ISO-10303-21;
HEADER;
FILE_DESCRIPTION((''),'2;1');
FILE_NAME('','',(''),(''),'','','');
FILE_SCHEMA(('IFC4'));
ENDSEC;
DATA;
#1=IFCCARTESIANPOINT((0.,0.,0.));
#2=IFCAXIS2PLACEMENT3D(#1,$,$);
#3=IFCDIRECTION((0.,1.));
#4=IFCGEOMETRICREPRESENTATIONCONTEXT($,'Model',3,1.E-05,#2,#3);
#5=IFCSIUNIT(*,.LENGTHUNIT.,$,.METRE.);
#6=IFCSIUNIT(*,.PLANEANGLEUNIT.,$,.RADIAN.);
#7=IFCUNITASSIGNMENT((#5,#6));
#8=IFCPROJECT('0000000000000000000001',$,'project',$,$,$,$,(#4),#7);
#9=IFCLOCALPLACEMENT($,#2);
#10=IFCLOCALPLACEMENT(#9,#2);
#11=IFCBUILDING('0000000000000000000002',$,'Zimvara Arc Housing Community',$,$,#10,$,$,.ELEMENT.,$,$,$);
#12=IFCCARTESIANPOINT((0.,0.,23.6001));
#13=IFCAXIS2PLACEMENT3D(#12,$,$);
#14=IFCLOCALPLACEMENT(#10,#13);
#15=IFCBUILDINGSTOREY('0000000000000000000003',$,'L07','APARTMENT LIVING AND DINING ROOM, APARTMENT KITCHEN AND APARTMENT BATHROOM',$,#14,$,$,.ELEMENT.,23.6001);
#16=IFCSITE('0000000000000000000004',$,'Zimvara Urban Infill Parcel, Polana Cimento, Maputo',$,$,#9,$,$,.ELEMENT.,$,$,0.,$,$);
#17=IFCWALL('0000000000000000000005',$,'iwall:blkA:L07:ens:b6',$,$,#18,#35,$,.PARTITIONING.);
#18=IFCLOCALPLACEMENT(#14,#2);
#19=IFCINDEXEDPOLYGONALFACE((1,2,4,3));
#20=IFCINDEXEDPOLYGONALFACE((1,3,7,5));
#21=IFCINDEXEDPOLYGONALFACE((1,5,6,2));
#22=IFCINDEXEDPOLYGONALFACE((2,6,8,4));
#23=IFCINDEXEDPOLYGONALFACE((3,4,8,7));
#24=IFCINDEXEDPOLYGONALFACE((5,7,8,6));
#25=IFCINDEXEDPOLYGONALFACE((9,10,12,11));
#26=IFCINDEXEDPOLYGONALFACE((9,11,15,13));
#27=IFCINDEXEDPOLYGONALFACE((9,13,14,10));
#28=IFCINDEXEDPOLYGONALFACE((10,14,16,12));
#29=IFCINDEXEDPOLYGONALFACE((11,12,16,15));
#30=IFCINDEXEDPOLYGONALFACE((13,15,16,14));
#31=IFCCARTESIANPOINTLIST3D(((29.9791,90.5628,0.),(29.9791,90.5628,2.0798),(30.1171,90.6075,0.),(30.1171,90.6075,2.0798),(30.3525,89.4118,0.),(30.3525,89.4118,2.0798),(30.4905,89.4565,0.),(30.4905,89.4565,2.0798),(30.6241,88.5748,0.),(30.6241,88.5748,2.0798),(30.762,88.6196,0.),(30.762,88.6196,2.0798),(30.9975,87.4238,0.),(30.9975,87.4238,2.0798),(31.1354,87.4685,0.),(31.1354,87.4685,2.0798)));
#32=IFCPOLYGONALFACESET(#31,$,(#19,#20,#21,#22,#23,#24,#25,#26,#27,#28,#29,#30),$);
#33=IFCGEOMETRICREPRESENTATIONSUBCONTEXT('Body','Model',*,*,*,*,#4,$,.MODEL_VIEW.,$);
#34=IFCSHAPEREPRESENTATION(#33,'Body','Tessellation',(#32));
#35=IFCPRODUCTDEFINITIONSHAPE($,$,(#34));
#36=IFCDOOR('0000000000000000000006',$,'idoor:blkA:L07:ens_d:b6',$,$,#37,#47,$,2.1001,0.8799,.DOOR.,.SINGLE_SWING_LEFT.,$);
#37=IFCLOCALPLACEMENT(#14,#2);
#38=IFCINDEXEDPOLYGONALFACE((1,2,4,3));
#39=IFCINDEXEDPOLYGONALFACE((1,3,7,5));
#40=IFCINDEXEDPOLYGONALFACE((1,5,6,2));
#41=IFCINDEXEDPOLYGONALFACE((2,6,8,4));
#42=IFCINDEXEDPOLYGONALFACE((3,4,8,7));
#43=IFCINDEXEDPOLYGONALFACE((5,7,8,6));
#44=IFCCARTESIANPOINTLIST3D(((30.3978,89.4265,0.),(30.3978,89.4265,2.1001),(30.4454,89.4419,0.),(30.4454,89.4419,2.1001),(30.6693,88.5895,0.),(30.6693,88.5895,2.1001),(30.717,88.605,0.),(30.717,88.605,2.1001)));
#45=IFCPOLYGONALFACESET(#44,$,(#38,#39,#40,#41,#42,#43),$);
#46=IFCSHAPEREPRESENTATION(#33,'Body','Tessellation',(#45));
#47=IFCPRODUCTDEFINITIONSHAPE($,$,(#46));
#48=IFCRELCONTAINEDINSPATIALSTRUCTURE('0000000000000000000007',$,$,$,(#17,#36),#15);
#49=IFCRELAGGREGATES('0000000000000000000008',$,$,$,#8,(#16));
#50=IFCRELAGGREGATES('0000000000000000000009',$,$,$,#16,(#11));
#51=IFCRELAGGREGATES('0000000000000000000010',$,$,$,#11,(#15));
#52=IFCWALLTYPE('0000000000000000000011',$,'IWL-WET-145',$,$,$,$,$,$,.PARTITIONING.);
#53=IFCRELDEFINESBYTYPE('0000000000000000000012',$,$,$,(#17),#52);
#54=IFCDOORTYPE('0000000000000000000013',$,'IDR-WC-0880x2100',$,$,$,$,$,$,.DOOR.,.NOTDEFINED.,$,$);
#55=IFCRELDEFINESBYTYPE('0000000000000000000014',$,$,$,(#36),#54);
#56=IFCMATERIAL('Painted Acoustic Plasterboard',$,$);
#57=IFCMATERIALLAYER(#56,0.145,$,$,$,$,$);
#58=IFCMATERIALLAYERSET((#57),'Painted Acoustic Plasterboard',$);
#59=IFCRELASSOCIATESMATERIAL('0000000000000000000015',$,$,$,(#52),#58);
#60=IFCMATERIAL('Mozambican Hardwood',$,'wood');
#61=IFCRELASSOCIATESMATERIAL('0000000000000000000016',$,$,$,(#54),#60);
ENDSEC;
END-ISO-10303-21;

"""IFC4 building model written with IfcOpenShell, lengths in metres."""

from ifc_helpers import new_model, si_unit, direction, frame, frame_2d, origin, place, context, subcontext, project, spatial, rectangle, extrude, material, layer, layer_set, type_object, element, fill, save


model = new_model("IFC4")

# Units and contexts
model_context = context("Model", 3, precision=1e-05, world=origin(), true_north=direction((0.0, 1.0)))
body_context = subcontext(model_context, "Body", "Model", "MODEL_VIEW")
ifc_project = project(units=[si_unit("LENGTHUNIT", "METRE"), si_unit("PLANEANGLEUNIT", "RADIAN")], contexts=[model_context])

# Site, building, storey
site_placement = place(None, origin())
site = spatial("IfcSite", under=ifc_project, at=site_placement, Name="Zimvara Urban Infill Parcel, Polana Cimento, Maputo", CompositionType="ELEMENT", RefElevation=0.0)
building_placement = place(site_placement, origin())
building = spatial("IfcBuilding", under=site, at=building_placement, Name="Zimvara Arc Housing Community", CompositionType="ELEMENT")
storey_placement = place(building_placement, frame((0.0, 0.0, 23.6001)))
storey = spatial("IfcBuildingStorey", under=building, at=storey_placement, Name="L07", Description="APARTMENT LIVING AND DINING ROOM, APARTMENT KITCHEN AND APARTMENT BATHROOM", CompositionType="ELEMENT", Elevation=23.6001)

# Wall, opening, door
ifc_material_1 = material(Name="Painted Acoustic Plasterboard")
ifc_layer_1 = layer(ifc_material_1, 0.145)
ifc_layer_set_1 = layer_set([ifc_layer_1], Name="Painted Acoustic Plasterboard")
wall_type_1 = type_object("IfcWallType", Name="IWL-WET-145", PredefinedType="PARTITIONING", material=ifc_layer_set_1)
wall_1_placement = place(storey_placement, frame((31.0664, 87.4463, 0.0), z_axis=(0.0, 0.0, 1.0), x_axis=(-0.308582, 0.951198, 0.0)))
wall_1 = element("IfcWall", 1, at=wall_1_placement, inside=storey, type_object=wall_type_1, Name="iwall:blkA:L07:ens:b6", PredefinedType="PARTITIONING", context=body_context, shape_type="SweptSolid", body=[
    extrude(rectangle(XDim=3.3, YDim=0.145, at=frame_2d((1.6499, 0.0))), origin(), (0.0, 0.0, 1.0), 2.0798),
])
opening_1_placement = place(wall_1_placement, frame((1.21, 0.0, 0.0)))
opening_1 = element("IfcOpeningElement", 2, at=opening_1_placement, cuts=wall_1, PredefinedType="OPENING", context=body_context, shape_type="SweptSolid", body=[
    extrude(rectangle(XDim=0.8799, YDim=2.1001, at=frame_2d((0.4399, 1.05))), frame((0.0, 0.0825, 0.0), z_axis=(0.0, -1.0, 0.0), x_axis=(1.0, 0.0, 0.0)), (0.0, 0.0, 1.0), 0.165),
])
ifc_material_2 = material(Name="Mozambican Hardwood", Category="wood")
door_type_1 = type_object("IfcDoorType", Name="IDR-WC-0880x2100", OperationType="NOTDEFINED", PredefinedType="DOOR", material=ifc_material_2)
door_1_placement = place(opening_1_placement, origin())
door_1 = element("IfcDoor", 3, at=door_1_placement, inside=storey, type_object=door_type_1, Name="idoor:blkA:L07:ens_d:b6", OperationType="SINGLE_SWING_LEFT", OverallHeight=2.1001, OverallWidth=0.8799, PredefinedType="DOOR", context=body_context, shape_type="SweptSolid", body=[
    extrude(rectangle(XDim=0.8799, YDim=2.1001, at=frame_2d((0.4399, 1.05))), frame((0.0, 0.0249, 0.0), z_axis=(0.0, -1.0, 0.0), x_axis=(1.0, 0.0, 0.0)), (0.0, 0.0, 1.0), 0.05),
])
fill(opening_1, door_1)

save(model, "model.ifc")
